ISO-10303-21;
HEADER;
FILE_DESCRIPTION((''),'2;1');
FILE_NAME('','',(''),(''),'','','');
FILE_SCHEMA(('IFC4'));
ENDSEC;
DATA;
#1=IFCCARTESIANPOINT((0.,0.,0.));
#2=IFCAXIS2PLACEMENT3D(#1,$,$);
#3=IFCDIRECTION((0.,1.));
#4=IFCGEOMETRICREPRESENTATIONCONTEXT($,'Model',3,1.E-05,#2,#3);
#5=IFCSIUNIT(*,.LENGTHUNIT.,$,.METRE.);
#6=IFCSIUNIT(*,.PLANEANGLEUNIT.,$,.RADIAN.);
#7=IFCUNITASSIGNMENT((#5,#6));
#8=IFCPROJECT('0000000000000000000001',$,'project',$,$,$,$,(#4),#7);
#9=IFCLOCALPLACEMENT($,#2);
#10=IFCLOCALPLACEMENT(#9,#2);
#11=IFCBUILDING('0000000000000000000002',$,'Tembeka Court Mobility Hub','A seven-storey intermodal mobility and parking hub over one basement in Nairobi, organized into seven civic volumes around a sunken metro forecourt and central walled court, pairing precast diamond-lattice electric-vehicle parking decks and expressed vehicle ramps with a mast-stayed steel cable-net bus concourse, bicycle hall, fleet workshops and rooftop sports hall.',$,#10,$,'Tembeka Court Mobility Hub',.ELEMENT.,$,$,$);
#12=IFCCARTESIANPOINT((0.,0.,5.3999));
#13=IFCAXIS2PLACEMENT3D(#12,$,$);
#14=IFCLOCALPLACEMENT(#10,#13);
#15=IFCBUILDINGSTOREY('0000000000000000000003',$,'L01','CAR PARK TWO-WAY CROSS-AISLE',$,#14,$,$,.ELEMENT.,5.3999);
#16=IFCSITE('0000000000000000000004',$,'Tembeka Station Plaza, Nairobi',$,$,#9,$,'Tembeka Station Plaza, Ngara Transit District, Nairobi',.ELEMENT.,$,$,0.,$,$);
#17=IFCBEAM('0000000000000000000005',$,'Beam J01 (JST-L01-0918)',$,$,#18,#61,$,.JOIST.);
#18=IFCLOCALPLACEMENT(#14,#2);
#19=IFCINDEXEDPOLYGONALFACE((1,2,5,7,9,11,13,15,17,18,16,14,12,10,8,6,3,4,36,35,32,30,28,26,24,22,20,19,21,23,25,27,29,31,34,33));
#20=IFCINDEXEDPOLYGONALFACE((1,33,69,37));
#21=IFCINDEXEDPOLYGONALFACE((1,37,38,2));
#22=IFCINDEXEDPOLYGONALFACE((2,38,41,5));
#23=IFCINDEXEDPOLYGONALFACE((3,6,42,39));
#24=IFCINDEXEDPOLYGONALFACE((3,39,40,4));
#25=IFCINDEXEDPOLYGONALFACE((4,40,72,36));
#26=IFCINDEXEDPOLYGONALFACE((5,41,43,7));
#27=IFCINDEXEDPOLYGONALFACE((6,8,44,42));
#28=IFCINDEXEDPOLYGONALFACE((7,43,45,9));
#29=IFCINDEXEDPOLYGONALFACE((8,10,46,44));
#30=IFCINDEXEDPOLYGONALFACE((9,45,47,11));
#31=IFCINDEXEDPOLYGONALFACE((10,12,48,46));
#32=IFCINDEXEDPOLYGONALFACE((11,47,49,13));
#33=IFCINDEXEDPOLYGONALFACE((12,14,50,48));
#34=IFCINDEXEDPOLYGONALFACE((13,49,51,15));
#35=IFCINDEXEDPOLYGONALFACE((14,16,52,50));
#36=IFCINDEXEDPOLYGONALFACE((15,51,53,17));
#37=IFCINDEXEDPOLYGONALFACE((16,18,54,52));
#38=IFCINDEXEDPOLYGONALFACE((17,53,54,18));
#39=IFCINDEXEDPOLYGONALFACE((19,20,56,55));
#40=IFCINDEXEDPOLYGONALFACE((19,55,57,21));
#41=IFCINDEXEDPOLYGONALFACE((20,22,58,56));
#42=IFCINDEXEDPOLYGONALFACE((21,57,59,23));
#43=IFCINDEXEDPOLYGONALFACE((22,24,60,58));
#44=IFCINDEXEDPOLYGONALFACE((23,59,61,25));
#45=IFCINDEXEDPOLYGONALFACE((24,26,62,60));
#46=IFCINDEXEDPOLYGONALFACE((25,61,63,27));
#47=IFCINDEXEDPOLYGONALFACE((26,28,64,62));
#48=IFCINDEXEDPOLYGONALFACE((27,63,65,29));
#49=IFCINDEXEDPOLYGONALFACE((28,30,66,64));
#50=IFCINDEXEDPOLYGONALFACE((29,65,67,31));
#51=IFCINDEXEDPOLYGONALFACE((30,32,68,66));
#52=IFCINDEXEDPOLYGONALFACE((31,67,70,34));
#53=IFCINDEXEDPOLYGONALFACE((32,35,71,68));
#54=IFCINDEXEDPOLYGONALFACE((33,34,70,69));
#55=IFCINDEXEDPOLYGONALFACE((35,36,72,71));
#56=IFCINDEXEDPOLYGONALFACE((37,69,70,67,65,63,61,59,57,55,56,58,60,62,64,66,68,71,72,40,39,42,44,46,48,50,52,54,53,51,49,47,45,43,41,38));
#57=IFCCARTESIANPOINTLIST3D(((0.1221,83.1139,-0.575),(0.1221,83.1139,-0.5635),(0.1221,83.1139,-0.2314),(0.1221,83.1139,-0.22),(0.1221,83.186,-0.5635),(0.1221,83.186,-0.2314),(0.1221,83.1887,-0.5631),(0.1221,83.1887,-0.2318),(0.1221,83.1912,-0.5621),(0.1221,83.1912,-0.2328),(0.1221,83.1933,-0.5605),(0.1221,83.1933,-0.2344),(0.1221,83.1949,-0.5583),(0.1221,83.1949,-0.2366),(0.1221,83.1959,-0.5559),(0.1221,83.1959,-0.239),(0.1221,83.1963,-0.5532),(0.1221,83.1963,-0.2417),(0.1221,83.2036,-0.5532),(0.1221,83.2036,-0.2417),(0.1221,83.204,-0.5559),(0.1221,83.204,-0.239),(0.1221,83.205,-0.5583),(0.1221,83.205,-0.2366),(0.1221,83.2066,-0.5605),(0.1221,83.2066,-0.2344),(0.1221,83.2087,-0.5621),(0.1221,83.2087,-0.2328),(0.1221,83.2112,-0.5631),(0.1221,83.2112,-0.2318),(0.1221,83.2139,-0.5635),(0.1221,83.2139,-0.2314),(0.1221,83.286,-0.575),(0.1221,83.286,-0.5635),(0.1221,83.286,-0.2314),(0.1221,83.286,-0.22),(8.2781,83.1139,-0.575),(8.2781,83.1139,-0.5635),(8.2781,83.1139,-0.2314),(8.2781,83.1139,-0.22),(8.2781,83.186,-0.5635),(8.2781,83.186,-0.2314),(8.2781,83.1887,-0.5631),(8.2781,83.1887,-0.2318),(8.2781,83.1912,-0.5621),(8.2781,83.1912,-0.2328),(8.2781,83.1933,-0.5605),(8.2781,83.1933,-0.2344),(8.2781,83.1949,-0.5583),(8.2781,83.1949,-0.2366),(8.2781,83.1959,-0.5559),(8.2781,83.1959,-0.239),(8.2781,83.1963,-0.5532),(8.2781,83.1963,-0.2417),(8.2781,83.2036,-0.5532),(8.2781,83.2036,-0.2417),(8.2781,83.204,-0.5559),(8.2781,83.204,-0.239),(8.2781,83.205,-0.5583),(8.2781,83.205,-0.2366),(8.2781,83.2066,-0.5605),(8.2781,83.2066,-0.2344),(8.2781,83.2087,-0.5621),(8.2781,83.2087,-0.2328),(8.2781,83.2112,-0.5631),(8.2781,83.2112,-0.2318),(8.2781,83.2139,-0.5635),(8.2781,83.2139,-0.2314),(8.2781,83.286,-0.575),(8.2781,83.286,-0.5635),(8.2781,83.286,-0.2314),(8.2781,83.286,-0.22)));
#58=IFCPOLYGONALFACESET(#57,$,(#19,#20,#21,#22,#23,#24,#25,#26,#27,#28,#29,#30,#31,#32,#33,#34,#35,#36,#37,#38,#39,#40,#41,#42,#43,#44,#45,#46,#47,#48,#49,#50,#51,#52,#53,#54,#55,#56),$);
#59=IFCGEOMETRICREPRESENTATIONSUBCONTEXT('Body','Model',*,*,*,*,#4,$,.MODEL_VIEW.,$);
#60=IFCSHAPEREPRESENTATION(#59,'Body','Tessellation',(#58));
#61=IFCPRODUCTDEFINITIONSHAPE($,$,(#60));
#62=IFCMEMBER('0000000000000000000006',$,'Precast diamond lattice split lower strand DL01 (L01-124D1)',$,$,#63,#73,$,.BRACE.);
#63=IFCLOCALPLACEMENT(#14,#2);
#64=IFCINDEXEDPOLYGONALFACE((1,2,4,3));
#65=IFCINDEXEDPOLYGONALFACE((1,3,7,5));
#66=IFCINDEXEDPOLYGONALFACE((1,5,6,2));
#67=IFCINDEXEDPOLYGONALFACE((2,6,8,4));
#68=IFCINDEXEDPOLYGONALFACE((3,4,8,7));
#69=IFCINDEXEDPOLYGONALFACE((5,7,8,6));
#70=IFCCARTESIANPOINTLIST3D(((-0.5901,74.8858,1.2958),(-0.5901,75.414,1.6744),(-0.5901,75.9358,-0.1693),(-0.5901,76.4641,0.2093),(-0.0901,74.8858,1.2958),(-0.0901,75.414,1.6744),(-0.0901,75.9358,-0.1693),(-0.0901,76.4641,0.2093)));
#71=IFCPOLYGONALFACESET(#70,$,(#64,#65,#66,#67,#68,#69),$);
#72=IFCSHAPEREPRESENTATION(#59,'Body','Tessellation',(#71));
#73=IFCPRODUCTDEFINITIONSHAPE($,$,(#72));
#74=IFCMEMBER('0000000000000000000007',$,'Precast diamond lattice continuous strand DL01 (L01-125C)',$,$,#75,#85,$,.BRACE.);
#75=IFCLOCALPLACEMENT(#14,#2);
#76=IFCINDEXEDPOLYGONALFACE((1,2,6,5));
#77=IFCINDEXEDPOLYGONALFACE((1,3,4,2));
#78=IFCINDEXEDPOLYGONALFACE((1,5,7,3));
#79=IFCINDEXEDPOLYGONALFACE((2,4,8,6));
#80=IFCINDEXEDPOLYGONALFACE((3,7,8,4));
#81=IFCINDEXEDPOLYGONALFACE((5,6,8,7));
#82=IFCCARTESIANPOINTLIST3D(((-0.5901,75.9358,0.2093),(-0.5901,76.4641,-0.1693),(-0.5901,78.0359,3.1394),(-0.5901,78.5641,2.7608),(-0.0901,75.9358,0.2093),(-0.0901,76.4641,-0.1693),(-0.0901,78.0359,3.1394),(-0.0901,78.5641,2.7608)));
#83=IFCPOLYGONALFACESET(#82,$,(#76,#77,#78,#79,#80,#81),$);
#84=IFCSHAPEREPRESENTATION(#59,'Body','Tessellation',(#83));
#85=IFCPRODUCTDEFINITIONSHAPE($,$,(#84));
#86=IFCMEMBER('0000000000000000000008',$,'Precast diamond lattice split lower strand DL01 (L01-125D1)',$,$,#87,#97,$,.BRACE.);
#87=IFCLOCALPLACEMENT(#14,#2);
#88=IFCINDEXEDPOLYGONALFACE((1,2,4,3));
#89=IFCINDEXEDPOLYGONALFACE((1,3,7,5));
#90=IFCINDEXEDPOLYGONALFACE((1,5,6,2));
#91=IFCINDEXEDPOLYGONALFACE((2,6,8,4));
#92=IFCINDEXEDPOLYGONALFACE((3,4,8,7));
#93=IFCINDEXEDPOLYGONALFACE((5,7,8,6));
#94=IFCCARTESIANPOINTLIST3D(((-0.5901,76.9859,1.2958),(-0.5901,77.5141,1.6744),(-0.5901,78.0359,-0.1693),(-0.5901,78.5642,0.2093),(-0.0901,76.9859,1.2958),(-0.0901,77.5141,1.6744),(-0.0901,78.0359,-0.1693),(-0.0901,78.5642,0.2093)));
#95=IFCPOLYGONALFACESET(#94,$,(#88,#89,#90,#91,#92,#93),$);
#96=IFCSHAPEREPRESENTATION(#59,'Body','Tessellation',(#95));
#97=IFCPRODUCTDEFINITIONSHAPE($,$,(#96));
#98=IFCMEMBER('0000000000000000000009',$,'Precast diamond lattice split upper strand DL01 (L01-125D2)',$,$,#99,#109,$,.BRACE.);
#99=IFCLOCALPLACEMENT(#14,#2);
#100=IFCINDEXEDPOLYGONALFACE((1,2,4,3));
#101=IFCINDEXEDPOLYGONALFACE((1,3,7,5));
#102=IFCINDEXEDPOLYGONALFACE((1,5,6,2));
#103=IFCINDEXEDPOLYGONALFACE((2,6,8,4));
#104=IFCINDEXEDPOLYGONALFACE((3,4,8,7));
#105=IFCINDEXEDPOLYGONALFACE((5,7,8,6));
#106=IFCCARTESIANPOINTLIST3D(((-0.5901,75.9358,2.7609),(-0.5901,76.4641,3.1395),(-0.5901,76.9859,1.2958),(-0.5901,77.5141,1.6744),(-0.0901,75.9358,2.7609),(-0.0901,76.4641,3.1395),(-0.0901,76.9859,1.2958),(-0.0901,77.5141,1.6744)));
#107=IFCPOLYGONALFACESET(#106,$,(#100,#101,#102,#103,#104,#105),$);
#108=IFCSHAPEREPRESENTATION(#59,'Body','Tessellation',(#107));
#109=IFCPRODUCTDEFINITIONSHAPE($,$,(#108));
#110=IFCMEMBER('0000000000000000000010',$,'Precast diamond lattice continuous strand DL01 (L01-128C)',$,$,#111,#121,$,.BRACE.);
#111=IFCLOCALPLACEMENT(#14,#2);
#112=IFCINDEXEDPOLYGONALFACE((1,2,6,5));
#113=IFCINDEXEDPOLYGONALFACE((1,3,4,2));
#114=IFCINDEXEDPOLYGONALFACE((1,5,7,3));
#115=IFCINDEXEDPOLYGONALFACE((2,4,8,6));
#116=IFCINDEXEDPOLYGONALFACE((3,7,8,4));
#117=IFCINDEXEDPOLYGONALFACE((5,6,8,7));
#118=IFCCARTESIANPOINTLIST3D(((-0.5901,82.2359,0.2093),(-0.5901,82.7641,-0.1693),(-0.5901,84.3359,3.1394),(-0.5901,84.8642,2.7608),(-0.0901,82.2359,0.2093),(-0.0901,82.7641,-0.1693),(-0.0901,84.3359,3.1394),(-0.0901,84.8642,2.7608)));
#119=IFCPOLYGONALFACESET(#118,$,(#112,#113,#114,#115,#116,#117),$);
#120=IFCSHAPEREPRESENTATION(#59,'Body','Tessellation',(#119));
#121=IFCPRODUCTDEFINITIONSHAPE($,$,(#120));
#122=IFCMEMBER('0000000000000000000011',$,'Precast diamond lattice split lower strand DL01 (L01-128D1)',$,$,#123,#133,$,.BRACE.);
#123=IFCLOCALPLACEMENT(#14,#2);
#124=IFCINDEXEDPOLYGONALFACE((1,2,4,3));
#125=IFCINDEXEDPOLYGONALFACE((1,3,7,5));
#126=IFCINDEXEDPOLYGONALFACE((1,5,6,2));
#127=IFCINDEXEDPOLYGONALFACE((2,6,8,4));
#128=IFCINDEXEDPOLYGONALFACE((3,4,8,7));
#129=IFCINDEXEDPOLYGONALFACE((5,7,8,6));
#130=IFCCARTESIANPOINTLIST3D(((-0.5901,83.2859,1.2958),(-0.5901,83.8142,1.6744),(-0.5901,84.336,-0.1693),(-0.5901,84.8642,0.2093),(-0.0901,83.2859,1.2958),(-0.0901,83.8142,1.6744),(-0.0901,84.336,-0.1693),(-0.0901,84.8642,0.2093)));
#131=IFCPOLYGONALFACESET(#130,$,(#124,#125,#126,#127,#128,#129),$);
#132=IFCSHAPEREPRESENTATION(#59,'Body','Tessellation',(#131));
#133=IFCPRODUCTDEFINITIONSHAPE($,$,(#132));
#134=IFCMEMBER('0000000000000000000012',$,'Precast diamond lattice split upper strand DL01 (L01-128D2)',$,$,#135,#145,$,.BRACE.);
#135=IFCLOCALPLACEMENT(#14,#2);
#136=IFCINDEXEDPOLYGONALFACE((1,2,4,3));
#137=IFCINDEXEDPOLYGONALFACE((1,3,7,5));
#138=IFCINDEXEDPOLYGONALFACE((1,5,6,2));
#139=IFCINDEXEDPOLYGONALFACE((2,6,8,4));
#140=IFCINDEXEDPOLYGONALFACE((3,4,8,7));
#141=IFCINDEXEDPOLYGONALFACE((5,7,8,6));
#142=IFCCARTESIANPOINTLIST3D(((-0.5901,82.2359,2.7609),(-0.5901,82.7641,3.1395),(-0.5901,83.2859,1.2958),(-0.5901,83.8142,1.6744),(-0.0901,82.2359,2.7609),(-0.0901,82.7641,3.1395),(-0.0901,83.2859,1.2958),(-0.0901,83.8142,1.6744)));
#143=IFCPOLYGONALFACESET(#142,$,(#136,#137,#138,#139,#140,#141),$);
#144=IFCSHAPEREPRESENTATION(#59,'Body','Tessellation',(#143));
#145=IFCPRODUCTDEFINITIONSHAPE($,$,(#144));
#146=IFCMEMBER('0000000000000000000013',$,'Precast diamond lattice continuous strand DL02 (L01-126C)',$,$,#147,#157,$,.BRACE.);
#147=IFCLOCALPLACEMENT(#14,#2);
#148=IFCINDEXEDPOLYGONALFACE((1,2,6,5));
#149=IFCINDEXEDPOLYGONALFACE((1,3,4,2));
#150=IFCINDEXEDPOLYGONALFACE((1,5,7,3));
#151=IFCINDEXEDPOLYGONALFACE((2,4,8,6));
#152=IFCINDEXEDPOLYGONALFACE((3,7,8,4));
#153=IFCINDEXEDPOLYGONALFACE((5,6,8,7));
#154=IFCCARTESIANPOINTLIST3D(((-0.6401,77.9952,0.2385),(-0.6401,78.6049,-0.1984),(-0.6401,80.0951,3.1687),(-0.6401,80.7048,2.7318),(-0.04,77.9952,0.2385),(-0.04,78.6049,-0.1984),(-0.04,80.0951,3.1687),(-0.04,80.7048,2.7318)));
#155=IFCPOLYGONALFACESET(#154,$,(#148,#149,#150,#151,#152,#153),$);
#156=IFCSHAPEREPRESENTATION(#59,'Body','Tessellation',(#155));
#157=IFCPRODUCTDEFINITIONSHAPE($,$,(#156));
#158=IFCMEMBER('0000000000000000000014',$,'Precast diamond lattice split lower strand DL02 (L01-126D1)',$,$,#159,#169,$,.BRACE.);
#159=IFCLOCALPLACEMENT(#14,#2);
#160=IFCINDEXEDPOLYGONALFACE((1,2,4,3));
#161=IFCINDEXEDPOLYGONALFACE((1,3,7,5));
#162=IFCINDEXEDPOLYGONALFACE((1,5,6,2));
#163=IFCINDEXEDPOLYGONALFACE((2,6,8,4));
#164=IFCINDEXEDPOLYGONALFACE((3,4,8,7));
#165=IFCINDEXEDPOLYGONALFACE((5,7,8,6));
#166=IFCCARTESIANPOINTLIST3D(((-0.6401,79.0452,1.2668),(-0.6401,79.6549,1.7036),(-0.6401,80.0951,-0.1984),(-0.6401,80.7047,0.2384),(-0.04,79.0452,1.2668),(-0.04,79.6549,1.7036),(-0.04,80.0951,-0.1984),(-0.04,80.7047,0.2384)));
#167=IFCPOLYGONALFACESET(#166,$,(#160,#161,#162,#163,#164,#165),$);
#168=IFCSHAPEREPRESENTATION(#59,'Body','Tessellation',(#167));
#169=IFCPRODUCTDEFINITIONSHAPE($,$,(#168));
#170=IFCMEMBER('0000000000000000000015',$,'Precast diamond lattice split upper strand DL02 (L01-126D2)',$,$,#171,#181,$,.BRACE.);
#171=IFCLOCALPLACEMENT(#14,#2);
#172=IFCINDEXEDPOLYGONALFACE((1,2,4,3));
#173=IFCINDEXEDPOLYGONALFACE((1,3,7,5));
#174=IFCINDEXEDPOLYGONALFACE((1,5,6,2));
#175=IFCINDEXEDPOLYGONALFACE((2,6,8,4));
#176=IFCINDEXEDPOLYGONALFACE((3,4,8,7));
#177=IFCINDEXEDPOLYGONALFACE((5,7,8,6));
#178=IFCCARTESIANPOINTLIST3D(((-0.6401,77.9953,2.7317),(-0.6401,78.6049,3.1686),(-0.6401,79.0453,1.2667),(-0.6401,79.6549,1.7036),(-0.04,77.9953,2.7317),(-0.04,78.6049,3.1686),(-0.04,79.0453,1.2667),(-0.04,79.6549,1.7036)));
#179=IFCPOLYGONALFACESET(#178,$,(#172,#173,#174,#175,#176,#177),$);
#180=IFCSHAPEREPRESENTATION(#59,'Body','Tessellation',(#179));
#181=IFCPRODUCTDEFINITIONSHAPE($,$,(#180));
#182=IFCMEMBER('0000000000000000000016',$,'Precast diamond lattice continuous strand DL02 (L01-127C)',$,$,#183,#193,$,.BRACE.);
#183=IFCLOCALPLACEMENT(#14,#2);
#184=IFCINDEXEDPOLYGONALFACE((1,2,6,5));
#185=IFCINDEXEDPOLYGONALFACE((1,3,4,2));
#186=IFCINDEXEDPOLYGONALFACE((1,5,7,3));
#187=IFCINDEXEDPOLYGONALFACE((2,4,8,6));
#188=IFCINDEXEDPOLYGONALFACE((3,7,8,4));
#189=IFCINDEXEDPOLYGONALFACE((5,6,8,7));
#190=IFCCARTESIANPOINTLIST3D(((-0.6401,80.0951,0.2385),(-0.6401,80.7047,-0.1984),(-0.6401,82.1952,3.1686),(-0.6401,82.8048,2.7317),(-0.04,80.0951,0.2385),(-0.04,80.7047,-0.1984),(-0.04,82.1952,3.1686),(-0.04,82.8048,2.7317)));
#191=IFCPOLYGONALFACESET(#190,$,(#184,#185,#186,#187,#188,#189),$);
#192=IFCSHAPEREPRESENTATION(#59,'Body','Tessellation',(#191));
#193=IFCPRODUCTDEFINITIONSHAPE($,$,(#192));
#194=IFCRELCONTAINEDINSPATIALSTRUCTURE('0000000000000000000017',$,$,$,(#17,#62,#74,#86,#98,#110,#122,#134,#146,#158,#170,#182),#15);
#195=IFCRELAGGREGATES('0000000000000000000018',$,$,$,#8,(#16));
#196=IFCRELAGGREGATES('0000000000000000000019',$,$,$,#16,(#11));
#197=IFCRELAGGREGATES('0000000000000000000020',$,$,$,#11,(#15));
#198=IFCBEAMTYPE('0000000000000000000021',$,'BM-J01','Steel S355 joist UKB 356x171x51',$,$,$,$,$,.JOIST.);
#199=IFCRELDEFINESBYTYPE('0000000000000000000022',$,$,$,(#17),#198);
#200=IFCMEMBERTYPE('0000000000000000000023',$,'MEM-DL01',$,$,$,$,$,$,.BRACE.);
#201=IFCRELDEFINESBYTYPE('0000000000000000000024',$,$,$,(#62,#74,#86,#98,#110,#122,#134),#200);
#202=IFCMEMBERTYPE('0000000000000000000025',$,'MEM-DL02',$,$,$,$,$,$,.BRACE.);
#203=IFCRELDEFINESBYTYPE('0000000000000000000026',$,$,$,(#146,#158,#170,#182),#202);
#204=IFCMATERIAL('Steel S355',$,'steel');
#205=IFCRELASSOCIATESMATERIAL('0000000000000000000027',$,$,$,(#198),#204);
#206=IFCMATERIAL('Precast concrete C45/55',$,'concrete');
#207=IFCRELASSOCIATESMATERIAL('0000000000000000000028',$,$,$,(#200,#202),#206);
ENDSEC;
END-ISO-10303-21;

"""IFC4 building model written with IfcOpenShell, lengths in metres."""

from ifc_helpers import new_model, si_unit, direction, frame, origin, origin_2d, place, context, subcontext, project, spatial, rectangle, i_section, extrude, material, material_profile, profile_set, type_object, element, save


model = new_model("IFC4")

# Units and contexts
model_context = context("Model", 3, precision=1e-05, world=origin(), true_north=direction((0.0, 1.0)))
body_context = subcontext(model_context, "Body", "Model", "MODEL_VIEW")
ifc_project = project(units=[si_unit("LENGTHUNIT", "METRE"), si_unit("PLANEANGLEUNIT", "RADIAN")], contexts=[model_context])

# Site, building, storey
site_placement = place(None, origin())
site = spatial("IfcSite", under=ifc_project, at=site_placement, Name="Tembeka Station Plaza, Nairobi", LongName="Tembeka Station Plaza, Ngara Transit District, Nairobi", CompositionType="ELEMENT", RefElevation=0.0)
building_placement = place(site_placement, origin())
building = spatial("IfcBuilding", under=site, at=building_placement, Name="Tembeka Court Mobility Hub", Description="A seven-storey intermodal mobility and parking hub over one basement in Nairobi, organized into seven civic volumes around a sunken metro forecourt and central walled court, pairing precast diamond-lattice electric-vehicle parking decks and expressed vehicle ramps with a mast-stayed steel cable-net bus concourse, bicycle hall, fleet workshops and rooftop sports hall.", LongName="Tembeka Court Mobility Hub", CompositionType="ELEMENT")
storey_placement = place(building_placement, frame((0.0, 0.0, 5.3999)))
storey = spatial("IfcBuildingStorey", under=building, at=storey_placement, Name="L01", Description="CAR PARK TWO-WAY CROSS-AISLE", CompositionType="ELEMENT", Elevation=5.3999)

# Shared definitions
ifc_material_1 = material(Name="Steel S355", Category="steel")

# Beam
ifc_material_profile_1 = material_profile(ifc_material_1, i_section(OverallWidth=0.1721, OverallDepth=0.355, WebThickness=0.0073, FlangeThickness=0.0115, FilletRadius=0.0103, at=origin_2d()), Name="UKB 356x171x51")
ifc_profile_set_1 = profile_set([ifc_material_profile_1], Name="Steel S355")
beam_type_1 = type_object("IfcBeamType", Name="BM-J01", Description="Steel S355 joist UKB 356x171x51", PredefinedType="JOIST", material=ifc_profile_set_1)
beam_1_placement = place(storey_placement, frame((0.1221, 83.2, -0.3975), z_axis=(1.0, 0.0, 0.0), x_axis=(0.0, 1.0, 0.0)))
element("IfcBeam", 1, at=beam_1_placement, inside=storey, type_object=beam_type_1, Name="Beam J01 (JST-L01-0918)", PredefinedType="JOIST", context=body_context, shape_type="SweptSolid", body=[
    extrude(i_section(OverallWidth=0.1721, OverallDepth=0.355, WebThickness=0.0073, FlangeThickness=0.0115, FilletRadius=0.0103, at=origin_2d()), origin(), (0.0, 0.0, 1.0), 8.156),
])

# Members
ifc_material_2 = material(Name="Precast concrete C45/55", Category="concrete")
ifc_material_profile_2 = material_profile(ifc_material_2, rectangle(XDim=0.5, YDim=0.6499, at=origin_2d()), Name="PC-DIAG 500x650")
ifc_profile_set_2 = profile_set([ifc_material_profile_2], Name="Precast concrete C45/55")
member_type_1 = type_object("IfcMemberType", Name="MEM-DL01", PredefinedType="BRACE", material=ifc_profile_set_2)
member_1_placement = place(storey_placement, frame((-0.3401, 76.2, 0.02), z_axis=(0.0, -0.582544, 0.812799), x_axis=(1.0, 0.0, 0.0)))
element("IfcMember", 2, at=member_1_placement, inside=storey, type_object=member_type_1, Name="Precast diamond lattice split lower strand DL01 (L01-124D1)", PredefinedType="BRACE", context=body_context, shape_type="SweptSolid", body=[
    extrude(rectangle(XDim=0.5, YDim=0.6499, at=origin_2d()), origin(), (0.0, 0.0, 1.0), 1.8025),
])
member_2_placement = place(storey_placement, frame((-0.3401, 76.2, 0.02), z_axis=(0.0, 0.582544, 0.812799), x_axis=(-1.0, 0.0, 0.0)))
element("IfcMember", 3, at=member_2_placement, inside=storey, type_object=member_type_1, Name="Precast diamond lattice continuous strand DL01 (L01-125C)", PredefinedType="BRACE", context=body_context, shape_type="SweptSolid", body=[
    extrude(rectangle(XDim=0.5, YDim=0.6499, at=origin_2d()), origin(), (0.0, 0.0, 1.0), 3.605),
])
for number, where, z_axis, x_axis, name in (
    (4, (-0.3401, 78.3, 0.02), (0.0, -0.582544, 0.812799), (1.0, 0.0, 0.0), "Precast diamond lattice split lower strand DL01 (L01-125D1)"),
    (5, (-0.3401, 77.25, 1.4851), (0.0, -0.582544, 0.812799), (1.0, 0.0, 0.0), "Precast diamond lattice split upper strand DL01 (L01-125D2)"),
):
    element("IfcMember", number, at=place(storey_placement, frame(where, z_axis=z_axis, x_axis=x_axis)), inside=storey, type_object=member_type_1, Name=name, PredefinedType="BRACE", context=body_context, shape_type="SweptSolid", body=[
        extrude(rectangle(XDim=0.5, YDim=0.6499, at=origin_2d()), origin(), (0.0, 0.0, 1.0), 1.8025),
    ])
member_3_placement = place(storey_placement, frame((-0.3401, 82.5, 0.02), z_axis=(0.0, 0.582544, 0.812799), x_axis=(-1.0, 0.0, 0.0)))
element("IfcMember", 6, at=member_3_placement, inside=storey, type_object=member_type_1, Name="Precast diamond lattice continuous strand DL01 (L01-128C)", PredefinedType="BRACE", context=body_context, shape_type="SweptSolid", body=[
    extrude(rectangle(XDim=0.5, YDim=0.6499, at=origin_2d()), origin(), (0.0, 0.0, 1.0), 3.605),
])
for number, where, z_axis, x_axis, name in (
    (7, (-0.3401, 84.6001, 0.02), (0.0, -0.582544, 0.812799), (1.0, 0.0, 0.0), "Precast diamond lattice split lower strand DL01 (L01-128D1)"),
    (8, (-0.3401, 83.55, 1.4851), (0.0, -0.582544, 0.812799), (1.0, 0.0, 0.0), "Precast diamond lattice split upper strand DL01 (L01-128D2)"),
):
    element("IfcMember", number, at=place(storey_placement, frame(where, z_axis=z_axis, x_axis=x_axis)), inside=storey, type_object=member_type_1, Name=name, PredefinedType="BRACE", context=body_context, shape_type="SweptSolid", body=[
        extrude(rectangle(XDim=0.5, YDim=0.6499, at=origin_2d()), origin(), (0.0, 0.0, 1.0), 1.8025),
    ])
ifc_material_profile_3 = material_profile(ifc_material_2, rectangle(XDim=0.6001, YDim=0.75, at=origin_2d()), Name="PC-DIAG 600x750")
ifc_profile_set_3 = profile_set([ifc_material_profile_3], Name="Precast concrete C45/55")
member_type_2 = type_object("IfcMemberType", Name="MEM-DL02", PredefinedType="BRACE", material=ifc_profile_set_3)
member_4_placement = place(storey_placement, frame((-0.3401, 78.3, 0.02), z_axis=(0.0, 0.5825, 0.812831), x_axis=(-1.0, 0.0, 0.0)))
element("IfcMember", 9, at=member_4_placement, inside=storey, type_object=member_type_2, Name="Precast diamond lattice continuous strand DL02 (L01-126C)", PredefinedType="BRACE", context=body_context, shape_type="SweptSolid", body=[
    extrude(rectangle(XDim=0.6001, YDim=0.75, at=origin_2d()), origin(), (0.0, 0.0, 1.0), 3.605),
])
for number, where, z_axis, x_axis, name in (
    (10, (-0.3401, 80.3999, 0.02), (0.0, -0.582455, 0.812863), (1.0, 0.0, 0.0), "Precast diamond lattice split lower strand DL02 (L01-126D1)"),
    (11, (-0.3401, 79.3501, 1.4851), (0.0, -0.582544, 0.812799), (1.0, 0.0, 0.0), "Precast diamond lattice split upper strand DL02 (L01-126D2)"),
):
    element("IfcMember", number, at=place(storey_placement, frame(where, z_axis=z_axis, x_axis=x_axis)), inside=storey, type_object=member_type_2, Name=name, PredefinedType="BRACE", context=body_context, shape_type="SweptSolid", body=[
        extrude(rectangle(XDim=0.6001, YDim=0.75, at=origin_2d()), origin(), (0.0, 0.0, 1.0), 1.8025),
    ])
member_5_placement = place(storey_placement, frame((-0.3401, 80.3999, 0.02), z_axis=(0.0, 0.582544, 0.812799), x_axis=(-1.0, 0.0, 0.0)))
element("IfcMember", 12, at=member_5_placement, inside=storey, type_object=member_type_2, Name="Precast diamond lattice continuous strand DL02 (L01-127C)", PredefinedType="BRACE", context=body_context, shape_type="SweptSolid", body=[
    extrude(rectangle(XDim=0.6001, YDim=0.75, at=origin_2d()), origin(), (0.0, 0.0, 1.0), 3.605),
])

save(model, "model.ifc")
